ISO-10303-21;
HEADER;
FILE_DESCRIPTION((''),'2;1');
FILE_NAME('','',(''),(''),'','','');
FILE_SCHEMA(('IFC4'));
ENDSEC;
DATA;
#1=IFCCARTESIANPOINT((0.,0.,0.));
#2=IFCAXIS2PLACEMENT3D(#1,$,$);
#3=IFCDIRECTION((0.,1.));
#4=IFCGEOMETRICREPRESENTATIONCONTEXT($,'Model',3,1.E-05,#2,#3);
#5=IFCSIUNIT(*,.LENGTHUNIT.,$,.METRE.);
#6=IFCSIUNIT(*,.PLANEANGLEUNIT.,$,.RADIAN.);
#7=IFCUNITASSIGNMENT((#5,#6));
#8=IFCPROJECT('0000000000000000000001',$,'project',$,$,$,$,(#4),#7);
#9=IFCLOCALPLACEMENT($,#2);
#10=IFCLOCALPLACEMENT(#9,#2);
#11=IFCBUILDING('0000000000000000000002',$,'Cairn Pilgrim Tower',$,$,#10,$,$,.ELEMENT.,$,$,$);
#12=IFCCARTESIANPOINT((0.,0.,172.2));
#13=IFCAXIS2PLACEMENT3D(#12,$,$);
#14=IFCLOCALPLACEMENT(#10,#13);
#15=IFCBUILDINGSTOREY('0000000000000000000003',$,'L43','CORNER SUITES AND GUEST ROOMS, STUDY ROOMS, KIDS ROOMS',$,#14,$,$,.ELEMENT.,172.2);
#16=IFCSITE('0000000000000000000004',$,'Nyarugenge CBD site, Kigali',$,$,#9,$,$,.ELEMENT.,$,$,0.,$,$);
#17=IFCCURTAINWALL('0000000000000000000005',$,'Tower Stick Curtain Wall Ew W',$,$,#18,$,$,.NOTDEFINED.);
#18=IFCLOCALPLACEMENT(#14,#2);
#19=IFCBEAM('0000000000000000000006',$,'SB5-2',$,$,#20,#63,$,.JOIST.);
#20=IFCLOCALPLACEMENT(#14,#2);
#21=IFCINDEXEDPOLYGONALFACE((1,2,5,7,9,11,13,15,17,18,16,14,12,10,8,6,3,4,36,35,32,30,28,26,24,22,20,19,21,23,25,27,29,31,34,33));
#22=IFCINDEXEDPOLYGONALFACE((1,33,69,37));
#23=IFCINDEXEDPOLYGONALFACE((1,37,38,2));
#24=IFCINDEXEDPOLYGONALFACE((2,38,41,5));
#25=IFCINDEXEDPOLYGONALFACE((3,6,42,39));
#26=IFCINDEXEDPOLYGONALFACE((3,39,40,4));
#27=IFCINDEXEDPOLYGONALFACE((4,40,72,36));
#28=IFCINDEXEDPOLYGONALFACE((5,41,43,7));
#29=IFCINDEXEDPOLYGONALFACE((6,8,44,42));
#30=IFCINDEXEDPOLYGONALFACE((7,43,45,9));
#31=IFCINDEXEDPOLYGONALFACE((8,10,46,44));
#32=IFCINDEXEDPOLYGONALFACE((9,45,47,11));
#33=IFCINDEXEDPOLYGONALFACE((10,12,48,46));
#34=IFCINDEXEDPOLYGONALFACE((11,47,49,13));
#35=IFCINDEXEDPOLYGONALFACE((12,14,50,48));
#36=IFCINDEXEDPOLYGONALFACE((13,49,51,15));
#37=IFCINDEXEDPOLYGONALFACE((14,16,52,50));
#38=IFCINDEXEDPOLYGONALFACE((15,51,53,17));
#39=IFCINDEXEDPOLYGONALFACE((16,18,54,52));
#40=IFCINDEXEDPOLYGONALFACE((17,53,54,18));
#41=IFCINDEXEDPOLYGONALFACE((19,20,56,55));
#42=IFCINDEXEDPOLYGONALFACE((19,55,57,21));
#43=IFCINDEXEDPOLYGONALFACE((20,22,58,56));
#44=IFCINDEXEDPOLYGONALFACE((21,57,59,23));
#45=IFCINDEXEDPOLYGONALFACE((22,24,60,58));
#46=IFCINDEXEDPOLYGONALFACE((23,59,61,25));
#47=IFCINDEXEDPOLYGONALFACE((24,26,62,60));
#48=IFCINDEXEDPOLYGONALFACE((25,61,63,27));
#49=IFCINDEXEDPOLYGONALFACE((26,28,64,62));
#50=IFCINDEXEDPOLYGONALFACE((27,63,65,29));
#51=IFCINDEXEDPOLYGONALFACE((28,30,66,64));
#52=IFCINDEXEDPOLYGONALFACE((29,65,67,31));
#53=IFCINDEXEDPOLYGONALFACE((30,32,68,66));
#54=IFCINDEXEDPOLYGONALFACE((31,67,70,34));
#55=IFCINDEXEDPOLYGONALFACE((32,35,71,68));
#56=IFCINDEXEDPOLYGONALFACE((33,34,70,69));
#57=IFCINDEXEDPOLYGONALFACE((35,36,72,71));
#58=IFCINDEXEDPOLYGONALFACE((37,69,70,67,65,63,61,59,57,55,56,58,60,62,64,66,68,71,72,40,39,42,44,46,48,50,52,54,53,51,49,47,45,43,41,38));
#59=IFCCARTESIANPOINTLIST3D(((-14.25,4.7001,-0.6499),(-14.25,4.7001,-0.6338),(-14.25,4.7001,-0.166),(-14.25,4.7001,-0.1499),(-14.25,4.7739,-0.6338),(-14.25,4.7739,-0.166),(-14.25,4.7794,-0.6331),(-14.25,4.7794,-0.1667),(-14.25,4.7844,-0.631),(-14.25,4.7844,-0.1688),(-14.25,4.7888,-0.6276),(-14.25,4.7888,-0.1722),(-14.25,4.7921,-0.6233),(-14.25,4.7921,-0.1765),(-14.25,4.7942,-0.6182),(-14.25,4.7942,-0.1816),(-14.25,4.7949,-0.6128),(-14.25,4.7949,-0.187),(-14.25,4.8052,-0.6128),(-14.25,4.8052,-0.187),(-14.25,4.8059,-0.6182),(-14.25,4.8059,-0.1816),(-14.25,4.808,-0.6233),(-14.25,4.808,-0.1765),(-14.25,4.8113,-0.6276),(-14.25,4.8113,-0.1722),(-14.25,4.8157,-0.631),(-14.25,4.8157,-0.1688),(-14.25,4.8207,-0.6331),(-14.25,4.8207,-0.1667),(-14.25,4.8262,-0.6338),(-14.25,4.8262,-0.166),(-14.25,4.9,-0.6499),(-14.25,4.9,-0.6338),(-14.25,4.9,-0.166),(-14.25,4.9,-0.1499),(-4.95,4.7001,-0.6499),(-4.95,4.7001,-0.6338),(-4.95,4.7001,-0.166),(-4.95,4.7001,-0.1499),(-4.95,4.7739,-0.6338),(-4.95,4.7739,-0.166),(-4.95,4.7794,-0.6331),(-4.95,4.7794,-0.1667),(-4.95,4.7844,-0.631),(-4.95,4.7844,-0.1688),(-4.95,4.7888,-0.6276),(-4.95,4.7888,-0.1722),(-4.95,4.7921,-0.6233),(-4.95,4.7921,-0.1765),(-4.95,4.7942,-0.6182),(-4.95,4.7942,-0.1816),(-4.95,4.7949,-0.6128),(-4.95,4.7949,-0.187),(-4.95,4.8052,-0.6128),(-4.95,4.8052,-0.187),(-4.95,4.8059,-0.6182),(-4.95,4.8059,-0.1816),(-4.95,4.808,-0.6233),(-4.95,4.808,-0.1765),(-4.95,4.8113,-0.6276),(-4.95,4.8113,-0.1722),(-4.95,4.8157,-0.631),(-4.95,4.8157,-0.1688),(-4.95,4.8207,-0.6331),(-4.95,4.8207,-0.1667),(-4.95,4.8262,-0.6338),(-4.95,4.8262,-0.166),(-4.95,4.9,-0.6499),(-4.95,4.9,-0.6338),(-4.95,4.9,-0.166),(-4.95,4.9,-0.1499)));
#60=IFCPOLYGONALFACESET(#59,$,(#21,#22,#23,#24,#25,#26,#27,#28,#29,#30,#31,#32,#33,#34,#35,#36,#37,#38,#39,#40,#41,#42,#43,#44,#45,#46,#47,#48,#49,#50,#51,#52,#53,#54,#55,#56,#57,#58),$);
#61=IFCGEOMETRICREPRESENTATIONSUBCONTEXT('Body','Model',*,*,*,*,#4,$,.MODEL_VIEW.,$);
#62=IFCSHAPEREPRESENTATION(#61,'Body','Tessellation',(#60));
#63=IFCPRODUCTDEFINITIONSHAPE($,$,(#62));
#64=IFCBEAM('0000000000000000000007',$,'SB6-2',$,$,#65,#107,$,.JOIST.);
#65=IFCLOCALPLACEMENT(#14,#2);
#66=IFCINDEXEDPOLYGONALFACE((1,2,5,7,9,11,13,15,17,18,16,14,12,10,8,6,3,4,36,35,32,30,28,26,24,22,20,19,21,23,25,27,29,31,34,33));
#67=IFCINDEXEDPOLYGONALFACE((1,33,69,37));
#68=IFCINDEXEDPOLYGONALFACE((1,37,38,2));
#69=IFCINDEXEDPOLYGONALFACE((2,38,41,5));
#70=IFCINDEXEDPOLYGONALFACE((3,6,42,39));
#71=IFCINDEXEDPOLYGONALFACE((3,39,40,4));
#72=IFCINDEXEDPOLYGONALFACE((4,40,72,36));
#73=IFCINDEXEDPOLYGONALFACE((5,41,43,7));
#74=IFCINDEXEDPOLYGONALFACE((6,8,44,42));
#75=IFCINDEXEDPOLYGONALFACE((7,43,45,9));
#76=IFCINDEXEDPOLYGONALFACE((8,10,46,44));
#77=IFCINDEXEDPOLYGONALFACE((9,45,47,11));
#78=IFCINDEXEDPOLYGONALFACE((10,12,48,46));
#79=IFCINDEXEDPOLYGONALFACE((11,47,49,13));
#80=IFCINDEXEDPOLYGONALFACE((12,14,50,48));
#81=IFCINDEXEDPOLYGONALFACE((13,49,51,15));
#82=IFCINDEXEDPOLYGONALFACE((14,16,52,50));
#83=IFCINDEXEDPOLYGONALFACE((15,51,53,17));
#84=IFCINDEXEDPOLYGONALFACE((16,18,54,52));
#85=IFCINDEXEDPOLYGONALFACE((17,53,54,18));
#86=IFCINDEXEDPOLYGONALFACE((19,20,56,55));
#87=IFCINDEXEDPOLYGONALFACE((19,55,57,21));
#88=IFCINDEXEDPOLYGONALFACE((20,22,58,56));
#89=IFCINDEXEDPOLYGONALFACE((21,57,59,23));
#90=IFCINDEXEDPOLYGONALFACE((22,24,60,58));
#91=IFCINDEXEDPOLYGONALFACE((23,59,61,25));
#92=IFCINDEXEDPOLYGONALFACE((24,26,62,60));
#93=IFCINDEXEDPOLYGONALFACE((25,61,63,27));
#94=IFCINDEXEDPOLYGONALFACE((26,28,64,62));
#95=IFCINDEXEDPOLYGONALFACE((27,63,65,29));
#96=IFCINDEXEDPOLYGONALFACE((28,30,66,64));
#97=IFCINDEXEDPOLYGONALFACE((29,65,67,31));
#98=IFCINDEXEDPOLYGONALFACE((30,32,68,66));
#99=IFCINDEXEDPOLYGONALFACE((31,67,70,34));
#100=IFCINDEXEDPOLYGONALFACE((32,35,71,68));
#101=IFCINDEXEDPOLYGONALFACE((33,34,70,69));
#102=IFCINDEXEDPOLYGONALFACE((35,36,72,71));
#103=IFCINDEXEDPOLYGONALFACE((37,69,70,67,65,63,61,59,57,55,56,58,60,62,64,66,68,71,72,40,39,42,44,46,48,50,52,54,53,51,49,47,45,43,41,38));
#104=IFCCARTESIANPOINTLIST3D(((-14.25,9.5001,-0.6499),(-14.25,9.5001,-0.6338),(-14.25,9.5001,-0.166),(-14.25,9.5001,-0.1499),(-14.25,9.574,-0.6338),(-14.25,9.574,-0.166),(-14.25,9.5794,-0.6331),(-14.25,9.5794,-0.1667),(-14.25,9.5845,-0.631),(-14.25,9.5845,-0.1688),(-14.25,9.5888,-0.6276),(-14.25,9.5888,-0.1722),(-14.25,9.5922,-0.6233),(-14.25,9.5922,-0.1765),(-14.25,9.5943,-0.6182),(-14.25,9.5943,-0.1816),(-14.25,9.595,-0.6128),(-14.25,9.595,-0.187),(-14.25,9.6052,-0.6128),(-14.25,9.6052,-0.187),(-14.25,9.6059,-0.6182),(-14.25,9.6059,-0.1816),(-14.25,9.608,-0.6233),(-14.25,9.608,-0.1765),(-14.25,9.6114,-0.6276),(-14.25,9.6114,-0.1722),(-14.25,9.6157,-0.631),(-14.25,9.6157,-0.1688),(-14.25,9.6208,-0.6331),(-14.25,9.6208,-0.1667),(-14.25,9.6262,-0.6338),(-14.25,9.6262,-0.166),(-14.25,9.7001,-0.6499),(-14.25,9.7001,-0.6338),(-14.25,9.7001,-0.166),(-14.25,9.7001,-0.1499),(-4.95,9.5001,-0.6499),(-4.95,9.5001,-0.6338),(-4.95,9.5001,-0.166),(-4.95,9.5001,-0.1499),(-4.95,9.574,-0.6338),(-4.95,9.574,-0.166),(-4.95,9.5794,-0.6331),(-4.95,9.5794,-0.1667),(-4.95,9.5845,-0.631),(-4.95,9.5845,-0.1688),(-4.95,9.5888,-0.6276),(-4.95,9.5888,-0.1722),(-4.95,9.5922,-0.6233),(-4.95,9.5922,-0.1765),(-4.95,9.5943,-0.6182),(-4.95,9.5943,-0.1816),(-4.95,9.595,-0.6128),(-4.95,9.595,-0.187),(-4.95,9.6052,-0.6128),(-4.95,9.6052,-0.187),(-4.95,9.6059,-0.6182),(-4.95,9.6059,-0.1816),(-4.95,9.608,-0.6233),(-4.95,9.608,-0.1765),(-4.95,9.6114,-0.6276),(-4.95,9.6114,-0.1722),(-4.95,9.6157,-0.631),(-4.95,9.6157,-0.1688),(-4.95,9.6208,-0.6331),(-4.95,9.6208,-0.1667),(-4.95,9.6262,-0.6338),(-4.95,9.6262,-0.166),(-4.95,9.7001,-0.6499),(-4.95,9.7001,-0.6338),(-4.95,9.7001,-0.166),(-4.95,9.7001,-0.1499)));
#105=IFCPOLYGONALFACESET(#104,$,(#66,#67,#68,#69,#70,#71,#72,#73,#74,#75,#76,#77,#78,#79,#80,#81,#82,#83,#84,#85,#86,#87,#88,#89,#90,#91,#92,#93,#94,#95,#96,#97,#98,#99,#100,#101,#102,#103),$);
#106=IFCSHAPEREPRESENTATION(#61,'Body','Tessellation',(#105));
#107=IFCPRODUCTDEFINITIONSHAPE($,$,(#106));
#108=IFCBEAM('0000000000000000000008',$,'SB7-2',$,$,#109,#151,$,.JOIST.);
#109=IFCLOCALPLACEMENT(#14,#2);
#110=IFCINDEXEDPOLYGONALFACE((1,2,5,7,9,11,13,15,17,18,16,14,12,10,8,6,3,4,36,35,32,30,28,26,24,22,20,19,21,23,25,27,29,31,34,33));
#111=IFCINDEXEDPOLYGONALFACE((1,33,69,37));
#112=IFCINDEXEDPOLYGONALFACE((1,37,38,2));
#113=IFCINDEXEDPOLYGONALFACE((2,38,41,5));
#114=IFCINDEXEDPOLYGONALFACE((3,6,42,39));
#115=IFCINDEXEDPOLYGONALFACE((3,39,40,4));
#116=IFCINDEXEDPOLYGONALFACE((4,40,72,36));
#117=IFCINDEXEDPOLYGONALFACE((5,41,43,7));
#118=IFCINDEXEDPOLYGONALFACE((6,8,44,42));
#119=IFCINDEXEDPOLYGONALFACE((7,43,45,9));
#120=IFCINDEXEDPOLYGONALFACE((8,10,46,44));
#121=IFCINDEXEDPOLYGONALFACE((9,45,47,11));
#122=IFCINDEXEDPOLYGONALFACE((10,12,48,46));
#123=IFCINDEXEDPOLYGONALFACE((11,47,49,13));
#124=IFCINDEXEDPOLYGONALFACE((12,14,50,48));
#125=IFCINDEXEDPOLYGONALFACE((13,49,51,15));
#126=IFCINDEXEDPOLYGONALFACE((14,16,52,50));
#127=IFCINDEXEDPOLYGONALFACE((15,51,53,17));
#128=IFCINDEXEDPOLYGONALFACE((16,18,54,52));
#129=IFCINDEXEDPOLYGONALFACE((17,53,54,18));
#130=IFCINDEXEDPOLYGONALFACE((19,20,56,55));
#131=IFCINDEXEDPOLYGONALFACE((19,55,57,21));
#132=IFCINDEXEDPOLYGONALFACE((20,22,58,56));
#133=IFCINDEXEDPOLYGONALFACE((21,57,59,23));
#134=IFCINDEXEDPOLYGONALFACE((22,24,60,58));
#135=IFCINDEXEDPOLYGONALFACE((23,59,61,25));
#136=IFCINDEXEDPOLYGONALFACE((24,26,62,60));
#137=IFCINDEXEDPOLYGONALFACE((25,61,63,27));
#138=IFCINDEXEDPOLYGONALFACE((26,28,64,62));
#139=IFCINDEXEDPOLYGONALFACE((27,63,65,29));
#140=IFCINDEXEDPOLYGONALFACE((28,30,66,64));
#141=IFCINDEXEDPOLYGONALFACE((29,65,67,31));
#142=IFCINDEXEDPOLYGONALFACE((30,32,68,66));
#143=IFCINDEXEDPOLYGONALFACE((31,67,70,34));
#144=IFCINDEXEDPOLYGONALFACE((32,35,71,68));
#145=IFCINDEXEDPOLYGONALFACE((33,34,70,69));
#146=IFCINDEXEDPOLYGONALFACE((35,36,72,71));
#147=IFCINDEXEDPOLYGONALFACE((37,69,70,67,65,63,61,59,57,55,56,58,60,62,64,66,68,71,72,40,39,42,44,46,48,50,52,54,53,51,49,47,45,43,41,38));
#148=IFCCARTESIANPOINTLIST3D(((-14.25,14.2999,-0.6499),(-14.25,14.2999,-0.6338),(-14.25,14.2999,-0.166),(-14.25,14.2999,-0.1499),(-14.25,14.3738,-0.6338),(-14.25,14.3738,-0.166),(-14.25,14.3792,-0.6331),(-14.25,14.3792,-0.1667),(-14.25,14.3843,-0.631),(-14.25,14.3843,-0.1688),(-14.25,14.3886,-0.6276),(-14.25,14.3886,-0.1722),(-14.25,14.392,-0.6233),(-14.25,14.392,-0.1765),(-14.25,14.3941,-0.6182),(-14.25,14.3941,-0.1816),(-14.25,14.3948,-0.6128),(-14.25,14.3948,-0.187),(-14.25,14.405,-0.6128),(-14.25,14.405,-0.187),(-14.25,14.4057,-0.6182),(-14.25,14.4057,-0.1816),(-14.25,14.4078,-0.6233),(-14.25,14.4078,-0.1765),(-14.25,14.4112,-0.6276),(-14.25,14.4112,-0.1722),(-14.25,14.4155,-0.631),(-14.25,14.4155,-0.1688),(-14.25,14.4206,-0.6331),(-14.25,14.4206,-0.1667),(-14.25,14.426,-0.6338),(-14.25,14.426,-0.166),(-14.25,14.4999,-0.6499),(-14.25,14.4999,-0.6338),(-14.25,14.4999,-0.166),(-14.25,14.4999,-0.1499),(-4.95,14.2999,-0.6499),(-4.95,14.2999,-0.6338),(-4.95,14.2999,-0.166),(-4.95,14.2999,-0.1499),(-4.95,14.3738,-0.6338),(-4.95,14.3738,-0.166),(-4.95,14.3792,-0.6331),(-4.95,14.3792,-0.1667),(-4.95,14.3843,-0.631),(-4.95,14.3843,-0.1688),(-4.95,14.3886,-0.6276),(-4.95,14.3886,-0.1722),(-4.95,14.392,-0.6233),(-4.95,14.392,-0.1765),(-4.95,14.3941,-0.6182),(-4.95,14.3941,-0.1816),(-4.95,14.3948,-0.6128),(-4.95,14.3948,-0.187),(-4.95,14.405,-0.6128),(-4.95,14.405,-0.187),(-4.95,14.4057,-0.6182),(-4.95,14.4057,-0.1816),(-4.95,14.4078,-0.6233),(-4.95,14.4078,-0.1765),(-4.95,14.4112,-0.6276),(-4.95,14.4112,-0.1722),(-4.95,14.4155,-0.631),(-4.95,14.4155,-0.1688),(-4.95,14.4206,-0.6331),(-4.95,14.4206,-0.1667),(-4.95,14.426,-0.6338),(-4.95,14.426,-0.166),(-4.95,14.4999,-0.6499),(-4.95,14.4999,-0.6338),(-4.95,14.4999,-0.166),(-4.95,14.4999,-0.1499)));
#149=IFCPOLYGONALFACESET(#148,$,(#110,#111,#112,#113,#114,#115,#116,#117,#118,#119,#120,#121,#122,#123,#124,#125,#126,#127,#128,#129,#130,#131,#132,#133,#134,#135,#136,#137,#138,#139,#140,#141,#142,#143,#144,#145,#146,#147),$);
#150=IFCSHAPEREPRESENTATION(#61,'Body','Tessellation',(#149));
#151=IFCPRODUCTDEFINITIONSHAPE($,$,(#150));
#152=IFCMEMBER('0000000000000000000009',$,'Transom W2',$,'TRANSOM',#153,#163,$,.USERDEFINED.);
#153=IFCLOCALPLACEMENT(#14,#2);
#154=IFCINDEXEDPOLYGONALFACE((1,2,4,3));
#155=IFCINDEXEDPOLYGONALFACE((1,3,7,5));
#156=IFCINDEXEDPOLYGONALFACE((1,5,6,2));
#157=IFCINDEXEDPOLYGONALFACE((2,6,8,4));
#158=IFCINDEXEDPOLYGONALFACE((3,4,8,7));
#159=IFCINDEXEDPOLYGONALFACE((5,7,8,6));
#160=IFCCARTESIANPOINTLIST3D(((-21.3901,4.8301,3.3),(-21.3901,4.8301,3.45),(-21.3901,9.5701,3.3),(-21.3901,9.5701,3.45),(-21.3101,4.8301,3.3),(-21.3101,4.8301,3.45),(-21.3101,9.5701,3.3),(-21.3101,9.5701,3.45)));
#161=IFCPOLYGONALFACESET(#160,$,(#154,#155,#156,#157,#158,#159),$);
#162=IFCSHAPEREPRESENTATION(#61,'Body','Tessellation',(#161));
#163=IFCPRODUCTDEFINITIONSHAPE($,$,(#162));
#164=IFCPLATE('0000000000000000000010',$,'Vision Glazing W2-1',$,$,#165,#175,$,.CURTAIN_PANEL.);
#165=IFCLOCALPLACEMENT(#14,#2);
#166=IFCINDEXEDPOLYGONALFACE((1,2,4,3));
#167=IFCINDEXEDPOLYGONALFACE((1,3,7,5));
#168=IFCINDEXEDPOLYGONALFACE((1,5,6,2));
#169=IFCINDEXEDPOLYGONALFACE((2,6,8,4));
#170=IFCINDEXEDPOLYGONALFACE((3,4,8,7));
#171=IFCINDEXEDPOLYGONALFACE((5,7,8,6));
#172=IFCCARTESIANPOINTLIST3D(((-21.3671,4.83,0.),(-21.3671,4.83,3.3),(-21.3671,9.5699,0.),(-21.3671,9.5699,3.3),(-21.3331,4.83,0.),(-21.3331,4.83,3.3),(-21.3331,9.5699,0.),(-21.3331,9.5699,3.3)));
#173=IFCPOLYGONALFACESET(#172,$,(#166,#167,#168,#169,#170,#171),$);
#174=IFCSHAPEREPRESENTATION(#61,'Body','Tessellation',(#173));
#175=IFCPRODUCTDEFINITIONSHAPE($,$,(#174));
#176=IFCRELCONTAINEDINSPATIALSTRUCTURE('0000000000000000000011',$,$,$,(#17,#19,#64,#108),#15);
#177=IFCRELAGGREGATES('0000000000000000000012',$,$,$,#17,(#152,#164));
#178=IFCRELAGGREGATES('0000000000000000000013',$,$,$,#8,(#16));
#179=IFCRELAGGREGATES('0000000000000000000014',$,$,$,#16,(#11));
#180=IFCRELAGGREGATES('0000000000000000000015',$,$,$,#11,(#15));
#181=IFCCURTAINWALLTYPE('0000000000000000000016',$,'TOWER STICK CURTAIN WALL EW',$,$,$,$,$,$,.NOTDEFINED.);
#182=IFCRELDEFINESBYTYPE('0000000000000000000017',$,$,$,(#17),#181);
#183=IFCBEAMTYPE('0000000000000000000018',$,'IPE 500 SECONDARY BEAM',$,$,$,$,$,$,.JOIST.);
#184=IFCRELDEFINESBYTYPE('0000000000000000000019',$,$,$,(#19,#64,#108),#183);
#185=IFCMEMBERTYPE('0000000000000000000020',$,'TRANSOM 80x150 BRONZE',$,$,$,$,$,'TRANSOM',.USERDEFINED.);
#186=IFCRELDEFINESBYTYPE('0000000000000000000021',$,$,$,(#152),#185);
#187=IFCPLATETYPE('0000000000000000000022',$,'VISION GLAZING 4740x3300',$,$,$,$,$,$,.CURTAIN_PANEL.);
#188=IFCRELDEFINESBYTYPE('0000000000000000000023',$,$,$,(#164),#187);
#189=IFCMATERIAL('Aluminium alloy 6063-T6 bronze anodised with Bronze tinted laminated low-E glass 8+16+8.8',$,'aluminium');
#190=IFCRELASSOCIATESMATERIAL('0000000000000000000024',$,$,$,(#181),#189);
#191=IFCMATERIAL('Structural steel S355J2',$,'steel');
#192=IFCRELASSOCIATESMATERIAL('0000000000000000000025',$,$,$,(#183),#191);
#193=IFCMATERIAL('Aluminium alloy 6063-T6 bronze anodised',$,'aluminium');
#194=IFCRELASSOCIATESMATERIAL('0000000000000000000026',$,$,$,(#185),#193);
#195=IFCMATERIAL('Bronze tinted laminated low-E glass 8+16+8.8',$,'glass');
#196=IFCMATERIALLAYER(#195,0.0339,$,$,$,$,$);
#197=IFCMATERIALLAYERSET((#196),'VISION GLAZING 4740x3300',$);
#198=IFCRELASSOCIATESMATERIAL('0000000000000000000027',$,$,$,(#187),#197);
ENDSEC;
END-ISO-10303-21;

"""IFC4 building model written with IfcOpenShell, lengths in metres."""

from ifc_helpers import new_model, si_unit, direction, frame, origin, origin_2d, place, context, subcontext, project, spatial, rectangle, i_section, extrude, material, layer, layer_set, material_profile, profile_set, type_object, element, aggregate, save


model = new_model("IFC4")

# Units and contexts
model_context = context("Model", 3, precision=1e-05, world=origin(), true_north=direction((0.0, 1.0)))
body_context = subcontext(model_context, "Body", "Model", "MODEL_VIEW")
ifc_project = project(units=[si_unit("LENGTHUNIT", "METRE"), si_unit("PLANEANGLEUNIT", "RADIAN")], contexts=[model_context])

# Site, building, storey
site_placement = place(None, origin())
site = spatial("IfcSite", under=ifc_project, at=site_placement, Name="Nyarugenge CBD site, Kigali", CompositionType="ELEMENT", RefElevation=0.0)
building_placement = place(site_placement, origin())
building = spatial("IfcBuilding", under=site, at=building_placement, Name="Cairn Pilgrim Tower", CompositionType="ELEMENT")
storey_placement = place(building_placement, frame((0.0, 0.0, 172.2)))
storey = spatial("IfcBuildingStorey", under=building, at=storey_placement, Name="L43", Description="CORNER SUITES AND GUEST ROOMS, STUDY ROOMS, KIDS ROOMS", CompositionType="ELEMENT", Elevation=172.2)

# Shared definitions
ifc_material_1 = material(Name="Structural steel S355J2", Category="steel")

# Curtain wall
ifc_material_2 = material(Name="Aluminium alloy 6063-T6 bronze anodised with Bronze tinted laminated low-E glass 8+16+8.8", Category="aluminium")
curtain_wall_type = type_object("IfcCurtainWallType", Name="TOWER STICK CURTAIN WALL EW", PredefinedType="NOTDEFINED", material=ifc_material_2)
curtain_wall_placement = place(storey_placement, origin())
curtain_wall = element("IfcCurtainWall", 1, at=curtain_wall_placement, inside=storey, type_object=curtain_wall_type, Name="Tower Stick Curtain Wall Ew W", PredefinedType="NOTDEFINED")
ifc_material_3 = material(Name="Aluminium alloy 6063-T6 bronze anodised", Category="aluminium")

# Beams
ifc_material_profile_1 = material_profile(ifc_material_1, i_section(OverallWidth=0.2, OverallDepth=0.5, WebThickness=0.0103, FlangeThickness=0.0161, FilletRadius=0.021, at=origin_2d()), Name="IPE 500")
ifc_profile_set_1 = profile_set([ifc_material_profile_1], Name="Structural steel S355J2")
beam_type_1 = type_object("IfcBeamType", Name="IPE 500 SECONDARY BEAM", PredefinedType="JOIST", material=ifc_profile_set_1)
for number, where, z_axis, x_axis, name in (
    (2, (-14.25, 4.8, -0.3999), (1.0, 0.0, 0.0), (0.0, 1.0, 0.0), "SB5-2"),
    (3, (-14.25, 9.6001, -0.3999), (1.0, 0.0, 0.0), (0.0, 1.0, 0.0), "SB6-2"),
    (4, (-14.25, 14.3999, -0.3999), (1.0, 0.0, 0.0), (0.0, 1.0, 0.0), "SB7-2"),
):
    element("IfcBeam", number, at=place(storey_placement, frame(where, z_axis=z_axis, x_axis=x_axis)), inside=storey, type_object=beam_type_1, Name=name, PredefinedType="JOIST", context=body_context, shape_type="SweptSolid", body=[
        extrude(i_section(OverallWidth=0.2, OverallDepth=0.5, WebThickness=0.0103, FlangeThickness=0.0161, FilletRadius=0.021, at=origin_2d()), origin(), (0.0, 0.0, 1.0), 9.3),
    ])

# Member
ifc_material_profile_2 = material_profile(ifc_material_3, rectangle(XDim=0.0801, YDim=0.1499, at=origin_2d()), Name="TRANSOM 80x150 BRONZE")
ifc_profile_set_2 = profile_set([ifc_material_profile_2], Name="Aluminium alloy 6063-T6 bronze anodised")
member_type_1 = type_object("IfcMemberType", Name="TRANSOM 80x150 BRONZE", ElementType="TRANSOM", PredefinedType="USERDEFINED", material=ifc_profile_set_2)
member_1_placement = place(storey_placement, frame((-21.3501, 9.5701, 3.375), z_axis=(0.0, -1.0, 0.0), x_axis=(1.0, 0.0, 0.0)))
member_1 = element("IfcMember", 5, at=member_1_placement, type_object=member_type_1, Name="Transom W2", ObjectType="TRANSOM", PredefinedType="USERDEFINED", context=body_context, shape_type="SweptSolid", body=[
    extrude(rectangle(XDim=0.0801, YDim=0.1499, at=origin_2d()), origin(), (0.0, 0.0, 1.0), 4.74),
])

# Plate
ifc_material_4 = material(Name="Bronze tinted laminated low-E glass 8+16+8.8", Category="glass")
ifc_layer_1 = layer(ifc_material_4, 0.0339)
ifc_layer_set_1 = layer_set([ifc_layer_1], Name="VISION GLAZING 4740x3300")
plate_type = type_object("IfcPlateType", Name="VISION GLAZING 4740x3300", PredefinedType="CURTAIN_PANEL", material=ifc_layer_set_1)
plate_placement = place(storey_placement, frame((-21.3501, 7.2, 0.0), z_axis=(0.0, 0.0, 1.0), x_axis=(0.0, -1.0, 0.0)))
plate = element("IfcPlate", 6, at=plate_placement, type_object=plate_type, Name="Vision Glazing W2-1", PredefinedType="CURTAIN_PANEL", context=body_context, shape_type="SweptSolid", body=[
    extrude(rectangle(XDim=4.74, YDim=0.0339, at=origin_2d()), origin(), (0.0, 0.0, 1.0), 3.3),
])
aggregate(curtain_wall, [member_1, plate])

save(model, "model.ifc")
